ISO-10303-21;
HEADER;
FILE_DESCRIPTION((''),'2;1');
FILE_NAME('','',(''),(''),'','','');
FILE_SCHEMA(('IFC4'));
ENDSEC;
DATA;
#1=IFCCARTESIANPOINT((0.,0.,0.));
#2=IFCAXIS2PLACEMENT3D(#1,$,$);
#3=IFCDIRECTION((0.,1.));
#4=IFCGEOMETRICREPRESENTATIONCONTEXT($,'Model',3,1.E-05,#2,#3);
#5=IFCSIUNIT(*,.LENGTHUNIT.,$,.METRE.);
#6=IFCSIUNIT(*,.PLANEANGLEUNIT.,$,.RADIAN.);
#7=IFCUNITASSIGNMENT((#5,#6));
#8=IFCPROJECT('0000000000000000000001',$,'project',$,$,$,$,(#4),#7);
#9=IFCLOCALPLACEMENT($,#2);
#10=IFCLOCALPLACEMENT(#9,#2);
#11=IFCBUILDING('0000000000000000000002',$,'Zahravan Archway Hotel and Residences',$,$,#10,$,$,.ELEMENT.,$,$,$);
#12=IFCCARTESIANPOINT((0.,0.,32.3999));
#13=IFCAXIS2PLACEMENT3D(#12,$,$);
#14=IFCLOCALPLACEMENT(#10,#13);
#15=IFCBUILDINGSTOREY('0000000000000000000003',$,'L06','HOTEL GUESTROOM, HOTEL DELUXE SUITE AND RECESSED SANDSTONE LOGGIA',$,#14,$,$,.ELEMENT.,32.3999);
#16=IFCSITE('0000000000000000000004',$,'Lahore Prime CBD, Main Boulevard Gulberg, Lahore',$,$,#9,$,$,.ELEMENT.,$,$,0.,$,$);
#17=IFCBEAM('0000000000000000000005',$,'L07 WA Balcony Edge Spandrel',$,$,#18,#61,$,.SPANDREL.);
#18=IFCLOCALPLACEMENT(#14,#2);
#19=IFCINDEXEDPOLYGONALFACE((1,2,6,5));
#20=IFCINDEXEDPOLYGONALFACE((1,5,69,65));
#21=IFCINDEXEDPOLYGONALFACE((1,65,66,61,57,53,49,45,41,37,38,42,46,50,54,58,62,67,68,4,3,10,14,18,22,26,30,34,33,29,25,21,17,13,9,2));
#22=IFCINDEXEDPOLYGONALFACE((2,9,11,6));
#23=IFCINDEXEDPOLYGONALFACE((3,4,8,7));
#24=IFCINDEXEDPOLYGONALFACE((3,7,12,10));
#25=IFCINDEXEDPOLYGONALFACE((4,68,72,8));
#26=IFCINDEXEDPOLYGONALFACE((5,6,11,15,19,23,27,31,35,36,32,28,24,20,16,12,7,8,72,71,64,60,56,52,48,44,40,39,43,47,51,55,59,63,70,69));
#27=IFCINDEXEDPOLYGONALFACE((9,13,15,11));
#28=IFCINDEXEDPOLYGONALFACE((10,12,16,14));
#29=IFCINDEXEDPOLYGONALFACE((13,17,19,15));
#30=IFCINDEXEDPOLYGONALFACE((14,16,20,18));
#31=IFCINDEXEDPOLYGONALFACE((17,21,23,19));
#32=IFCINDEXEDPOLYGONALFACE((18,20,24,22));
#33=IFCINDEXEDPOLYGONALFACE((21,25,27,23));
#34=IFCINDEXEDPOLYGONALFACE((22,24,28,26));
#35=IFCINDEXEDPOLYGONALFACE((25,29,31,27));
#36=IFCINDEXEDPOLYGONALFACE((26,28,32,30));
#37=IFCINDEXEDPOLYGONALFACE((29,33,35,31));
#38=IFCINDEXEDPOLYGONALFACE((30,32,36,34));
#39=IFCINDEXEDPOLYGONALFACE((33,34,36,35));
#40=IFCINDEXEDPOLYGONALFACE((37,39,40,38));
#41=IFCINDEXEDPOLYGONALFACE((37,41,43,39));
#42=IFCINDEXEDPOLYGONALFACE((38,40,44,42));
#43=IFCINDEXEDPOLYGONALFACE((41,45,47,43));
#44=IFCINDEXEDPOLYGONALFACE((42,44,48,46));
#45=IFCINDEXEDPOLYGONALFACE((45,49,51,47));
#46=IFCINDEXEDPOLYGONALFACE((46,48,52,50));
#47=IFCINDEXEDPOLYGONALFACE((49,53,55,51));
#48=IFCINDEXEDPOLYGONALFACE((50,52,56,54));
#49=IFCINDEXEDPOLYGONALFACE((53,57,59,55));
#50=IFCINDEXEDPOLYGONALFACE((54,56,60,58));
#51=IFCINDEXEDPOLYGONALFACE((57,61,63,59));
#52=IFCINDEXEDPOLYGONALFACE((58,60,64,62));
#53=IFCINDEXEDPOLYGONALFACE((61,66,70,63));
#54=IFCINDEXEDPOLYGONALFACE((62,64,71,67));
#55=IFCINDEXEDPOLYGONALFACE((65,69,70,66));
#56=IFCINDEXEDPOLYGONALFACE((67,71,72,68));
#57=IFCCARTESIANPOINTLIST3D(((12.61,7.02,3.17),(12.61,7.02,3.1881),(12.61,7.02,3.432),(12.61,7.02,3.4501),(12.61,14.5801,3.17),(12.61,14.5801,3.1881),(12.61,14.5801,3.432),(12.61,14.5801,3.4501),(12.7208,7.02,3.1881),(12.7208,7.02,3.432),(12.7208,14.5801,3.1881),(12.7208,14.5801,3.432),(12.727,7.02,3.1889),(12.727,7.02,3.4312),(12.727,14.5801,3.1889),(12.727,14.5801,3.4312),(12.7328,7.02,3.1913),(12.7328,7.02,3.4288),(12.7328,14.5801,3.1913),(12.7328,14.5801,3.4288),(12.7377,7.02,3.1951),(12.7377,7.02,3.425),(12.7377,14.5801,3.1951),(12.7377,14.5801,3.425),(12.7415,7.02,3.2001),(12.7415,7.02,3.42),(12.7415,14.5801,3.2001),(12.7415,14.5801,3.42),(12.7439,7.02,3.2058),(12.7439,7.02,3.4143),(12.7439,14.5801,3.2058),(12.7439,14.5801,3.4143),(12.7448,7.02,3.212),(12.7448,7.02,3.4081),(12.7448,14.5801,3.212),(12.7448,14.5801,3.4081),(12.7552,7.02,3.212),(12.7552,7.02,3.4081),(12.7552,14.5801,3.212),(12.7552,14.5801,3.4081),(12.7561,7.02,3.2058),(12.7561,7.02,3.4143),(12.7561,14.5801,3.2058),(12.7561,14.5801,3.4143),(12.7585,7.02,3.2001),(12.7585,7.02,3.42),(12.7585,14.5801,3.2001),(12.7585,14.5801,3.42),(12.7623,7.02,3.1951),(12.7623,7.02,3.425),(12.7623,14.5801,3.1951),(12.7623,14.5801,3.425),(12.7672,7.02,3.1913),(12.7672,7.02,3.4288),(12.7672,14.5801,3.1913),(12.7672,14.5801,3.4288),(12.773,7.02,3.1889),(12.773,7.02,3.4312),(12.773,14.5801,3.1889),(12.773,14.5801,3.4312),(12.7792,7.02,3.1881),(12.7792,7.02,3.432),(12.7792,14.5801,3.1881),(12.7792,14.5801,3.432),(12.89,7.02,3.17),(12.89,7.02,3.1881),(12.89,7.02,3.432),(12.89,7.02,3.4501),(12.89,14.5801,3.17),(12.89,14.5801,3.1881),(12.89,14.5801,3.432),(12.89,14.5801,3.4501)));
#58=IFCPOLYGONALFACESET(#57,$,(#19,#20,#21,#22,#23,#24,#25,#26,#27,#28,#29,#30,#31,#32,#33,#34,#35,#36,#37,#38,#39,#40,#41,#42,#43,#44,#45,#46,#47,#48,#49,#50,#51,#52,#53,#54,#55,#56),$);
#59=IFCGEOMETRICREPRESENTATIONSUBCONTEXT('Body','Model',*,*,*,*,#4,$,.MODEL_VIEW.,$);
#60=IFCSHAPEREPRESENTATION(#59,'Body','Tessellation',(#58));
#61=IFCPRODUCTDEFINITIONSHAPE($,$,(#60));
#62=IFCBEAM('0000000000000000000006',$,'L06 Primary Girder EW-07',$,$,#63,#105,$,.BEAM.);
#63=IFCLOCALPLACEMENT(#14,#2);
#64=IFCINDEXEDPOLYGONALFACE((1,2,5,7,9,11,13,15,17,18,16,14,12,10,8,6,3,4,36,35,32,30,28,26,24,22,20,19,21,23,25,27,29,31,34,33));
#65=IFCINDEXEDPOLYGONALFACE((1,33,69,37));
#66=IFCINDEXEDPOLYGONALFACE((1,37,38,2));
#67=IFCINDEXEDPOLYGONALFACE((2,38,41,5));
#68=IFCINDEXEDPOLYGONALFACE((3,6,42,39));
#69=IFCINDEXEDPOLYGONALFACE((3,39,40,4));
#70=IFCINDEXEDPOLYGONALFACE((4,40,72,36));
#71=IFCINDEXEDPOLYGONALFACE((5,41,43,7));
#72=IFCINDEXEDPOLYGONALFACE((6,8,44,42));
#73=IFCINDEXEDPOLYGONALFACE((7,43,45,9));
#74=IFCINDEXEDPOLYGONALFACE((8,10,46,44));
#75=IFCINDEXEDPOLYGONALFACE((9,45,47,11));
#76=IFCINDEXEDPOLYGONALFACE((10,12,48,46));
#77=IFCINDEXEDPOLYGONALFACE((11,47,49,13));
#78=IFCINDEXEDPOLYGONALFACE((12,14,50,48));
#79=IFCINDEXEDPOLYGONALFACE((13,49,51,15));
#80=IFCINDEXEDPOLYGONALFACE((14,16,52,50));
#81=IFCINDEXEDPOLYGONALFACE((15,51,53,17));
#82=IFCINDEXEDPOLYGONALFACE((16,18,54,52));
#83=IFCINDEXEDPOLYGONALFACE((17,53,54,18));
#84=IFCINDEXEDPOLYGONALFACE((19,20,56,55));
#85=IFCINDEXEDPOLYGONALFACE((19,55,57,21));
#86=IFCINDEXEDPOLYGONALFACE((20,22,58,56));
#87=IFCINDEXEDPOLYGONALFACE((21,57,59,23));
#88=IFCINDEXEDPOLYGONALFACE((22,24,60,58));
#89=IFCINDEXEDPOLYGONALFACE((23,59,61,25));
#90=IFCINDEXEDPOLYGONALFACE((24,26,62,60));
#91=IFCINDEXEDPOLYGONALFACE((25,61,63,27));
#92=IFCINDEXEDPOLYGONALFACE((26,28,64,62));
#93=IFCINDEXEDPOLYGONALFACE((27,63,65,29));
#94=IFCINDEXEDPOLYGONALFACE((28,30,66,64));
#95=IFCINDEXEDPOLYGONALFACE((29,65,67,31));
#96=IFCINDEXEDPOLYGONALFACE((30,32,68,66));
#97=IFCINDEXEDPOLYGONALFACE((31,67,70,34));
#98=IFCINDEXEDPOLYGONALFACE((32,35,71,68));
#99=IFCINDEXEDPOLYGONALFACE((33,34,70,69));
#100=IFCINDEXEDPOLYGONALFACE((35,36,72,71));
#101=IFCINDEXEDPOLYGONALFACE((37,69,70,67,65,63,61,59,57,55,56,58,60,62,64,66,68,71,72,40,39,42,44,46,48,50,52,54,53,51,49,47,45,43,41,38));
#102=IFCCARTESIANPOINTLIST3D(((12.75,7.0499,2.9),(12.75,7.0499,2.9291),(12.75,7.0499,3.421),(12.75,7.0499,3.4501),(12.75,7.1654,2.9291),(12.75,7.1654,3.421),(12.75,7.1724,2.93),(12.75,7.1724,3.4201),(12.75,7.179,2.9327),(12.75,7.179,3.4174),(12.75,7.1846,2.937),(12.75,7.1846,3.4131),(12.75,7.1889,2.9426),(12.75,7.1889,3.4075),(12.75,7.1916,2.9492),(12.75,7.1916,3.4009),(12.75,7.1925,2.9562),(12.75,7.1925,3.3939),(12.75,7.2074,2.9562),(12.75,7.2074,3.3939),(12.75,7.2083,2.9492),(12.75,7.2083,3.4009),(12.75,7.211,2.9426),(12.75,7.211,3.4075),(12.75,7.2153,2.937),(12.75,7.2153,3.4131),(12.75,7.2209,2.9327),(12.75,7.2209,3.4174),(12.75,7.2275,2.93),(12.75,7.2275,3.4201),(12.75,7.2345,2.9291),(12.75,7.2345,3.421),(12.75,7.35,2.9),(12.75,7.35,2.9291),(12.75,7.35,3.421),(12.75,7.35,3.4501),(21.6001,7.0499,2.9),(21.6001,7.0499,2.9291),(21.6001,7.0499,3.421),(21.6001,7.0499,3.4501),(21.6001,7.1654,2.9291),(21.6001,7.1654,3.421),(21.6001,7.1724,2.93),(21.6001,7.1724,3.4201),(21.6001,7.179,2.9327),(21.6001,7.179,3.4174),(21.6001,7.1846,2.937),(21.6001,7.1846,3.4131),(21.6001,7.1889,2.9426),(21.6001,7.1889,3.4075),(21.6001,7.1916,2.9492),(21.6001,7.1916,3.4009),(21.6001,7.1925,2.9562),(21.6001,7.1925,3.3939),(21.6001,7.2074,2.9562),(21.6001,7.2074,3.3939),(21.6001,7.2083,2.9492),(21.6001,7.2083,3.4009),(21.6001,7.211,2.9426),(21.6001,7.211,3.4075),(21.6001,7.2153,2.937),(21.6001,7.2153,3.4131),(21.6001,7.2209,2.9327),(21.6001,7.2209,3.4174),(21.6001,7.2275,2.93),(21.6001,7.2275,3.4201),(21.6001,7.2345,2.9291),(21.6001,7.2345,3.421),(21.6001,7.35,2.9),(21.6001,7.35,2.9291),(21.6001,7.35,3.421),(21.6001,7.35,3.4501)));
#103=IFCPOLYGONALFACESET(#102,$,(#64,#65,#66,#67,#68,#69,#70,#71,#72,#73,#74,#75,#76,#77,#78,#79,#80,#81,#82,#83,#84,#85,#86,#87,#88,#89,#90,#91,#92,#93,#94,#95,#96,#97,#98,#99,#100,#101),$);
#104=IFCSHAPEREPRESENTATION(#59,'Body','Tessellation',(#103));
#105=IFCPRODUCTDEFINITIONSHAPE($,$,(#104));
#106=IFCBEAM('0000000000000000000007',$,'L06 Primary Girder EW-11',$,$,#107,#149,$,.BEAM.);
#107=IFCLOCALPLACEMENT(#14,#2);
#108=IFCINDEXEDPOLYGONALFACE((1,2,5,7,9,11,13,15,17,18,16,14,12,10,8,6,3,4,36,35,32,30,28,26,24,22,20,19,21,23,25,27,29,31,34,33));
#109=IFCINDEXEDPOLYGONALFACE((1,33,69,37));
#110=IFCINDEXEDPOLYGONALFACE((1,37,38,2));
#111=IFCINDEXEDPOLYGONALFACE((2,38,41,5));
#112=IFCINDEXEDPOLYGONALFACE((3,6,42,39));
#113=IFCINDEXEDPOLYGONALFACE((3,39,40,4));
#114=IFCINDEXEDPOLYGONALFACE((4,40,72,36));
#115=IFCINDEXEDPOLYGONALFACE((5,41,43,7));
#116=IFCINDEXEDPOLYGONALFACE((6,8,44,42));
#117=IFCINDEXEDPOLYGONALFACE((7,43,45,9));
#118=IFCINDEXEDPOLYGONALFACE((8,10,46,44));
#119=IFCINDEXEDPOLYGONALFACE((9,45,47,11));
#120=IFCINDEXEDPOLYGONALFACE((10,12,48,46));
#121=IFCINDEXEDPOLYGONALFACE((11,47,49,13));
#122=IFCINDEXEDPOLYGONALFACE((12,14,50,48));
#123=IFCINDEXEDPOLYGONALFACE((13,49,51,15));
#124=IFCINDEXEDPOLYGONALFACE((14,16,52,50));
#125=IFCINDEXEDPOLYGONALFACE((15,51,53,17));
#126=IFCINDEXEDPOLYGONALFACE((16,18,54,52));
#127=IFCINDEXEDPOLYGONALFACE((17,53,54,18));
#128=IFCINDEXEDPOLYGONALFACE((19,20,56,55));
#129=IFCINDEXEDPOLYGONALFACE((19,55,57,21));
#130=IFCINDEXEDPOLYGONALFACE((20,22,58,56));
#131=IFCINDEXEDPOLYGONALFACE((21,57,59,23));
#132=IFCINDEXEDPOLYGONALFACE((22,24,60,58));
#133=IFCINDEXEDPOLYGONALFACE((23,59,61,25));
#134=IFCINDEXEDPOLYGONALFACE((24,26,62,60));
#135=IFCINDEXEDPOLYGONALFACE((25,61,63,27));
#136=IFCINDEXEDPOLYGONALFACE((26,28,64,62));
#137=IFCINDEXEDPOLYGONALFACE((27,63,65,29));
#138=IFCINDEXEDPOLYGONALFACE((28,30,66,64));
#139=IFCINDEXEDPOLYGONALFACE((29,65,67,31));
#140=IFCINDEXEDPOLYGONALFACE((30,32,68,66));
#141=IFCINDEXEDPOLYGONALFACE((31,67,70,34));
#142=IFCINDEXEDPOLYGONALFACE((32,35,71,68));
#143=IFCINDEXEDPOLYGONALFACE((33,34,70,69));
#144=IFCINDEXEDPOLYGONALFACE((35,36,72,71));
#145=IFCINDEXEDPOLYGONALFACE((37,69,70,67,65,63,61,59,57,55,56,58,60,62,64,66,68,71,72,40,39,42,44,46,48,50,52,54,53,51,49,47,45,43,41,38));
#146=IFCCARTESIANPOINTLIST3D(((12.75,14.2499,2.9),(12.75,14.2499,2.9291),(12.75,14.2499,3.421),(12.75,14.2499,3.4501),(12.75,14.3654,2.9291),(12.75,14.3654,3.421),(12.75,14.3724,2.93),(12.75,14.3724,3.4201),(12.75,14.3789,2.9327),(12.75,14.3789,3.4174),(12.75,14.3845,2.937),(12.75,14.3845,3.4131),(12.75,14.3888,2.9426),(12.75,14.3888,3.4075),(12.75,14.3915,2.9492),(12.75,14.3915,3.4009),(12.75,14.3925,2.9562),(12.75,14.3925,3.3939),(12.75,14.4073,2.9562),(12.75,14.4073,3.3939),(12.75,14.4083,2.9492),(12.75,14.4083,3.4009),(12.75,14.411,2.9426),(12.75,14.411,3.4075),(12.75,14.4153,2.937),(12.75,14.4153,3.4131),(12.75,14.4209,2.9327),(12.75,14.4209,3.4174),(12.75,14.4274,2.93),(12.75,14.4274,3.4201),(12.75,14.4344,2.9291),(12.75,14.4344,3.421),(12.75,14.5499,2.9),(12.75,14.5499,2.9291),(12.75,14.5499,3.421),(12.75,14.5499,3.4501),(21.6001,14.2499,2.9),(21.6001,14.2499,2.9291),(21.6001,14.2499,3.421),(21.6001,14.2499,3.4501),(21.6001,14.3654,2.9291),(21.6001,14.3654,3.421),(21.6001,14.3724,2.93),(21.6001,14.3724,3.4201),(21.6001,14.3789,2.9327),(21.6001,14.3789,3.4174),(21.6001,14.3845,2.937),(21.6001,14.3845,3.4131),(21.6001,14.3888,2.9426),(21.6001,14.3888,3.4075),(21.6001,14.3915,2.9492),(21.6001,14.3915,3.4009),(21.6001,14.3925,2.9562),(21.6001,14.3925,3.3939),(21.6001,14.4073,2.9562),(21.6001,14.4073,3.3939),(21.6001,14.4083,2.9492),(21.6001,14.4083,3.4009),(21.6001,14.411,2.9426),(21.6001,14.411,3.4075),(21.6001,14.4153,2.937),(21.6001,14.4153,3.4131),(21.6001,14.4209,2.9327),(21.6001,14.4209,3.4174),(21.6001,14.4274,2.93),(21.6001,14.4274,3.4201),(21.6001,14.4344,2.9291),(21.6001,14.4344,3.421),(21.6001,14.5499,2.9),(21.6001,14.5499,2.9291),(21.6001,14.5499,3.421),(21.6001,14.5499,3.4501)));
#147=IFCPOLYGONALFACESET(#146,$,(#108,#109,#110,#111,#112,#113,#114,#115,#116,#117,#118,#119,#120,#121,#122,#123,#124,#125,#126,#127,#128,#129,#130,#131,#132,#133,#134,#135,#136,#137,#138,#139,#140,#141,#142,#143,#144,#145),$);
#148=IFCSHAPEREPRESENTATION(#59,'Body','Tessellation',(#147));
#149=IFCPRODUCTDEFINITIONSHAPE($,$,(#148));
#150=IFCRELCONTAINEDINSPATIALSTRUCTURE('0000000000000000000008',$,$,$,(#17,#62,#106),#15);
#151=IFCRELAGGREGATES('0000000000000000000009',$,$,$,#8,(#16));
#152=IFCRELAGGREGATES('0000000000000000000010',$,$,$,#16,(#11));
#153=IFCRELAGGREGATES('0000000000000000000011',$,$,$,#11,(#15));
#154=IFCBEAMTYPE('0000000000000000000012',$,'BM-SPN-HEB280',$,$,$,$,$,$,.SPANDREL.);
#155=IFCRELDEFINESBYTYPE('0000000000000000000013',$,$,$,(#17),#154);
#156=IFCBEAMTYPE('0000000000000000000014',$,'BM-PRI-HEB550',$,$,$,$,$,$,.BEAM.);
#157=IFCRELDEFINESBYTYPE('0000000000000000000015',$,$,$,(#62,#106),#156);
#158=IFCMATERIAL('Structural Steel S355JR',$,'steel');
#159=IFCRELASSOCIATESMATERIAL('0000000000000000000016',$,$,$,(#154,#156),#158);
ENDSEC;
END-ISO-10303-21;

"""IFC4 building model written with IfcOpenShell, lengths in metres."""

from ifc_helpers import new_model, si_unit, direction, frame, origin, origin_2d, place, context, subcontext, project, spatial, i_section, extrude, source, transform, mapped, material, material_profile, profile_set, type_object, type_shapes, element, save


model = new_model("IFC4")

# Units and contexts
model_context = context("Model", 3, precision=1e-05, world=origin(), true_north=direction((0.0, 1.0)))
body_context = subcontext(model_context, "Body", "Model", "MODEL_VIEW")
ifc_project = project(units=[si_unit("LENGTHUNIT", "METRE"), si_unit("PLANEANGLEUNIT", "RADIAN")], contexts=[model_context])

# Site, building, storey
site_placement = place(None, origin())
site = spatial("IfcSite", under=ifc_project, at=site_placement, Name="Lahore Prime CBD, Main Boulevard Gulberg, Lahore", CompositionType="ELEMENT", RefElevation=0.0)
building_placement = place(site_placement, origin())
building = spatial("IfcBuilding", under=site, at=building_placement, Name="Zahravan Archway Hotel and Residences", CompositionType="ELEMENT")
storey_placement = place(building_placement, frame((0.0, 0.0, 32.3999)))
storey = spatial("IfcBuildingStorey", under=building, at=storey_placement, Name="L06", Description="HOTEL GUESTROOM, HOTEL DELUXE SUITE AND RECESSED SANDSTONE LOGGIA", CompositionType="ELEMENT", Elevation=32.3999)

# Beams
ifc_material_1 = material(Name="Structural Steel S355JR", Category="steel")
ifc_material_profile_1 = material_profile(ifc_material_1, i_section(OverallWidth=0.28, OverallDepth=0.28, WebThickness=0.0105, FlangeThickness=0.0181, FilletRadius=0.0239, at=origin_2d()), Name="HEB 280", Category="steel")
ifc_profile_set_1 = profile_set([ifc_material_profile_1], Name="Structural Steel S355JR")
beam_type_1 = type_object("IfcBeamType", Name="BM-SPN-HEB280", PredefinedType="SPANDREL", material=ifc_profile_set_1)
shared_shape_1 = source(origin(), body_context, "Body", "SweptSolid", [
    extrude(i_section(OverallWidth=0.28, OverallDepth=0.28, WebThickness=0.0105, FlangeThickness=0.0181, FilletRadius=0.0239, at=origin_2d()), origin(), (0.0, 0.0, 1.0), 7.5601),
])
type_shapes(beam_type_1, [shared_shape_1])
beam_placement = place(storey_placement, frame((12.75, 7.02, 3.3101), z_axis=(0.0, 1.0, 0.0), x_axis=(-1.0, 0.0, 0.0)))
element("IfcBeam", 1, at=beam_placement, inside=storey, type_object=beam_type_1, Name="L07 WA Balcony Edge Spandrel", PredefinedType="SPANDREL", context=body_context, shape_type="MappedRepresentation", body=[
    mapped(shared_shape_1, transform((0.0, 0.0, 0.0), scale=1.0)),
])
ifc_material_profile_2 = material_profile(ifc_material_1, i_section(OverallWidth=0.3, OverallDepth=0.55, WebThickness=0.0149, FlangeThickness=0.0291, FilletRadius=0.0271, at=origin_2d()), Name="HEB 550", Category="steel")
ifc_profile_set_2 = profile_set([ifc_material_profile_2], Name="Structural Steel S355JR")
beam_type_2 = type_object("IfcBeamType", Name="BM-PRI-HEB550", PredefinedType="BEAM", material=ifc_profile_set_2)
shared_shape_2 = source(origin(), body_context, "Body", "SweptSolid", [
    extrude(i_section(OverallWidth=0.3, OverallDepth=0.55, WebThickness=0.0149, FlangeThickness=0.0291, FilletRadius=0.0271, at=origin_2d()), origin(), (0.0, 0.0, 1.0), 8.8501),
])
for number, where, z_axis, x_axis, name in (
    (2, (12.75, 7.2, 3.175), (1.0, 0.0, 0.0), (0.0, 1.0, 0.0), "L06 Primary Girder EW-07"),
    (3, (12.75, 14.3999, 3.175), (1.0, 0.0, 0.0), (0.0, 1.0, 0.0), "L06 Primary Girder EW-11"),
):
    element("IfcBeam", number, at=place(storey_placement, frame(where, z_axis=z_axis, x_axis=x_axis)), inside=storey, type_object=beam_type_2, Name=name, PredefinedType="BEAM", context=body_context, shape_type="MappedRepresentation", body=[
        mapped(shared_shape_2, transform((0.0, 0.0, 0.0), scale=1.0)),
    ])

save(model, "model.ifc")
